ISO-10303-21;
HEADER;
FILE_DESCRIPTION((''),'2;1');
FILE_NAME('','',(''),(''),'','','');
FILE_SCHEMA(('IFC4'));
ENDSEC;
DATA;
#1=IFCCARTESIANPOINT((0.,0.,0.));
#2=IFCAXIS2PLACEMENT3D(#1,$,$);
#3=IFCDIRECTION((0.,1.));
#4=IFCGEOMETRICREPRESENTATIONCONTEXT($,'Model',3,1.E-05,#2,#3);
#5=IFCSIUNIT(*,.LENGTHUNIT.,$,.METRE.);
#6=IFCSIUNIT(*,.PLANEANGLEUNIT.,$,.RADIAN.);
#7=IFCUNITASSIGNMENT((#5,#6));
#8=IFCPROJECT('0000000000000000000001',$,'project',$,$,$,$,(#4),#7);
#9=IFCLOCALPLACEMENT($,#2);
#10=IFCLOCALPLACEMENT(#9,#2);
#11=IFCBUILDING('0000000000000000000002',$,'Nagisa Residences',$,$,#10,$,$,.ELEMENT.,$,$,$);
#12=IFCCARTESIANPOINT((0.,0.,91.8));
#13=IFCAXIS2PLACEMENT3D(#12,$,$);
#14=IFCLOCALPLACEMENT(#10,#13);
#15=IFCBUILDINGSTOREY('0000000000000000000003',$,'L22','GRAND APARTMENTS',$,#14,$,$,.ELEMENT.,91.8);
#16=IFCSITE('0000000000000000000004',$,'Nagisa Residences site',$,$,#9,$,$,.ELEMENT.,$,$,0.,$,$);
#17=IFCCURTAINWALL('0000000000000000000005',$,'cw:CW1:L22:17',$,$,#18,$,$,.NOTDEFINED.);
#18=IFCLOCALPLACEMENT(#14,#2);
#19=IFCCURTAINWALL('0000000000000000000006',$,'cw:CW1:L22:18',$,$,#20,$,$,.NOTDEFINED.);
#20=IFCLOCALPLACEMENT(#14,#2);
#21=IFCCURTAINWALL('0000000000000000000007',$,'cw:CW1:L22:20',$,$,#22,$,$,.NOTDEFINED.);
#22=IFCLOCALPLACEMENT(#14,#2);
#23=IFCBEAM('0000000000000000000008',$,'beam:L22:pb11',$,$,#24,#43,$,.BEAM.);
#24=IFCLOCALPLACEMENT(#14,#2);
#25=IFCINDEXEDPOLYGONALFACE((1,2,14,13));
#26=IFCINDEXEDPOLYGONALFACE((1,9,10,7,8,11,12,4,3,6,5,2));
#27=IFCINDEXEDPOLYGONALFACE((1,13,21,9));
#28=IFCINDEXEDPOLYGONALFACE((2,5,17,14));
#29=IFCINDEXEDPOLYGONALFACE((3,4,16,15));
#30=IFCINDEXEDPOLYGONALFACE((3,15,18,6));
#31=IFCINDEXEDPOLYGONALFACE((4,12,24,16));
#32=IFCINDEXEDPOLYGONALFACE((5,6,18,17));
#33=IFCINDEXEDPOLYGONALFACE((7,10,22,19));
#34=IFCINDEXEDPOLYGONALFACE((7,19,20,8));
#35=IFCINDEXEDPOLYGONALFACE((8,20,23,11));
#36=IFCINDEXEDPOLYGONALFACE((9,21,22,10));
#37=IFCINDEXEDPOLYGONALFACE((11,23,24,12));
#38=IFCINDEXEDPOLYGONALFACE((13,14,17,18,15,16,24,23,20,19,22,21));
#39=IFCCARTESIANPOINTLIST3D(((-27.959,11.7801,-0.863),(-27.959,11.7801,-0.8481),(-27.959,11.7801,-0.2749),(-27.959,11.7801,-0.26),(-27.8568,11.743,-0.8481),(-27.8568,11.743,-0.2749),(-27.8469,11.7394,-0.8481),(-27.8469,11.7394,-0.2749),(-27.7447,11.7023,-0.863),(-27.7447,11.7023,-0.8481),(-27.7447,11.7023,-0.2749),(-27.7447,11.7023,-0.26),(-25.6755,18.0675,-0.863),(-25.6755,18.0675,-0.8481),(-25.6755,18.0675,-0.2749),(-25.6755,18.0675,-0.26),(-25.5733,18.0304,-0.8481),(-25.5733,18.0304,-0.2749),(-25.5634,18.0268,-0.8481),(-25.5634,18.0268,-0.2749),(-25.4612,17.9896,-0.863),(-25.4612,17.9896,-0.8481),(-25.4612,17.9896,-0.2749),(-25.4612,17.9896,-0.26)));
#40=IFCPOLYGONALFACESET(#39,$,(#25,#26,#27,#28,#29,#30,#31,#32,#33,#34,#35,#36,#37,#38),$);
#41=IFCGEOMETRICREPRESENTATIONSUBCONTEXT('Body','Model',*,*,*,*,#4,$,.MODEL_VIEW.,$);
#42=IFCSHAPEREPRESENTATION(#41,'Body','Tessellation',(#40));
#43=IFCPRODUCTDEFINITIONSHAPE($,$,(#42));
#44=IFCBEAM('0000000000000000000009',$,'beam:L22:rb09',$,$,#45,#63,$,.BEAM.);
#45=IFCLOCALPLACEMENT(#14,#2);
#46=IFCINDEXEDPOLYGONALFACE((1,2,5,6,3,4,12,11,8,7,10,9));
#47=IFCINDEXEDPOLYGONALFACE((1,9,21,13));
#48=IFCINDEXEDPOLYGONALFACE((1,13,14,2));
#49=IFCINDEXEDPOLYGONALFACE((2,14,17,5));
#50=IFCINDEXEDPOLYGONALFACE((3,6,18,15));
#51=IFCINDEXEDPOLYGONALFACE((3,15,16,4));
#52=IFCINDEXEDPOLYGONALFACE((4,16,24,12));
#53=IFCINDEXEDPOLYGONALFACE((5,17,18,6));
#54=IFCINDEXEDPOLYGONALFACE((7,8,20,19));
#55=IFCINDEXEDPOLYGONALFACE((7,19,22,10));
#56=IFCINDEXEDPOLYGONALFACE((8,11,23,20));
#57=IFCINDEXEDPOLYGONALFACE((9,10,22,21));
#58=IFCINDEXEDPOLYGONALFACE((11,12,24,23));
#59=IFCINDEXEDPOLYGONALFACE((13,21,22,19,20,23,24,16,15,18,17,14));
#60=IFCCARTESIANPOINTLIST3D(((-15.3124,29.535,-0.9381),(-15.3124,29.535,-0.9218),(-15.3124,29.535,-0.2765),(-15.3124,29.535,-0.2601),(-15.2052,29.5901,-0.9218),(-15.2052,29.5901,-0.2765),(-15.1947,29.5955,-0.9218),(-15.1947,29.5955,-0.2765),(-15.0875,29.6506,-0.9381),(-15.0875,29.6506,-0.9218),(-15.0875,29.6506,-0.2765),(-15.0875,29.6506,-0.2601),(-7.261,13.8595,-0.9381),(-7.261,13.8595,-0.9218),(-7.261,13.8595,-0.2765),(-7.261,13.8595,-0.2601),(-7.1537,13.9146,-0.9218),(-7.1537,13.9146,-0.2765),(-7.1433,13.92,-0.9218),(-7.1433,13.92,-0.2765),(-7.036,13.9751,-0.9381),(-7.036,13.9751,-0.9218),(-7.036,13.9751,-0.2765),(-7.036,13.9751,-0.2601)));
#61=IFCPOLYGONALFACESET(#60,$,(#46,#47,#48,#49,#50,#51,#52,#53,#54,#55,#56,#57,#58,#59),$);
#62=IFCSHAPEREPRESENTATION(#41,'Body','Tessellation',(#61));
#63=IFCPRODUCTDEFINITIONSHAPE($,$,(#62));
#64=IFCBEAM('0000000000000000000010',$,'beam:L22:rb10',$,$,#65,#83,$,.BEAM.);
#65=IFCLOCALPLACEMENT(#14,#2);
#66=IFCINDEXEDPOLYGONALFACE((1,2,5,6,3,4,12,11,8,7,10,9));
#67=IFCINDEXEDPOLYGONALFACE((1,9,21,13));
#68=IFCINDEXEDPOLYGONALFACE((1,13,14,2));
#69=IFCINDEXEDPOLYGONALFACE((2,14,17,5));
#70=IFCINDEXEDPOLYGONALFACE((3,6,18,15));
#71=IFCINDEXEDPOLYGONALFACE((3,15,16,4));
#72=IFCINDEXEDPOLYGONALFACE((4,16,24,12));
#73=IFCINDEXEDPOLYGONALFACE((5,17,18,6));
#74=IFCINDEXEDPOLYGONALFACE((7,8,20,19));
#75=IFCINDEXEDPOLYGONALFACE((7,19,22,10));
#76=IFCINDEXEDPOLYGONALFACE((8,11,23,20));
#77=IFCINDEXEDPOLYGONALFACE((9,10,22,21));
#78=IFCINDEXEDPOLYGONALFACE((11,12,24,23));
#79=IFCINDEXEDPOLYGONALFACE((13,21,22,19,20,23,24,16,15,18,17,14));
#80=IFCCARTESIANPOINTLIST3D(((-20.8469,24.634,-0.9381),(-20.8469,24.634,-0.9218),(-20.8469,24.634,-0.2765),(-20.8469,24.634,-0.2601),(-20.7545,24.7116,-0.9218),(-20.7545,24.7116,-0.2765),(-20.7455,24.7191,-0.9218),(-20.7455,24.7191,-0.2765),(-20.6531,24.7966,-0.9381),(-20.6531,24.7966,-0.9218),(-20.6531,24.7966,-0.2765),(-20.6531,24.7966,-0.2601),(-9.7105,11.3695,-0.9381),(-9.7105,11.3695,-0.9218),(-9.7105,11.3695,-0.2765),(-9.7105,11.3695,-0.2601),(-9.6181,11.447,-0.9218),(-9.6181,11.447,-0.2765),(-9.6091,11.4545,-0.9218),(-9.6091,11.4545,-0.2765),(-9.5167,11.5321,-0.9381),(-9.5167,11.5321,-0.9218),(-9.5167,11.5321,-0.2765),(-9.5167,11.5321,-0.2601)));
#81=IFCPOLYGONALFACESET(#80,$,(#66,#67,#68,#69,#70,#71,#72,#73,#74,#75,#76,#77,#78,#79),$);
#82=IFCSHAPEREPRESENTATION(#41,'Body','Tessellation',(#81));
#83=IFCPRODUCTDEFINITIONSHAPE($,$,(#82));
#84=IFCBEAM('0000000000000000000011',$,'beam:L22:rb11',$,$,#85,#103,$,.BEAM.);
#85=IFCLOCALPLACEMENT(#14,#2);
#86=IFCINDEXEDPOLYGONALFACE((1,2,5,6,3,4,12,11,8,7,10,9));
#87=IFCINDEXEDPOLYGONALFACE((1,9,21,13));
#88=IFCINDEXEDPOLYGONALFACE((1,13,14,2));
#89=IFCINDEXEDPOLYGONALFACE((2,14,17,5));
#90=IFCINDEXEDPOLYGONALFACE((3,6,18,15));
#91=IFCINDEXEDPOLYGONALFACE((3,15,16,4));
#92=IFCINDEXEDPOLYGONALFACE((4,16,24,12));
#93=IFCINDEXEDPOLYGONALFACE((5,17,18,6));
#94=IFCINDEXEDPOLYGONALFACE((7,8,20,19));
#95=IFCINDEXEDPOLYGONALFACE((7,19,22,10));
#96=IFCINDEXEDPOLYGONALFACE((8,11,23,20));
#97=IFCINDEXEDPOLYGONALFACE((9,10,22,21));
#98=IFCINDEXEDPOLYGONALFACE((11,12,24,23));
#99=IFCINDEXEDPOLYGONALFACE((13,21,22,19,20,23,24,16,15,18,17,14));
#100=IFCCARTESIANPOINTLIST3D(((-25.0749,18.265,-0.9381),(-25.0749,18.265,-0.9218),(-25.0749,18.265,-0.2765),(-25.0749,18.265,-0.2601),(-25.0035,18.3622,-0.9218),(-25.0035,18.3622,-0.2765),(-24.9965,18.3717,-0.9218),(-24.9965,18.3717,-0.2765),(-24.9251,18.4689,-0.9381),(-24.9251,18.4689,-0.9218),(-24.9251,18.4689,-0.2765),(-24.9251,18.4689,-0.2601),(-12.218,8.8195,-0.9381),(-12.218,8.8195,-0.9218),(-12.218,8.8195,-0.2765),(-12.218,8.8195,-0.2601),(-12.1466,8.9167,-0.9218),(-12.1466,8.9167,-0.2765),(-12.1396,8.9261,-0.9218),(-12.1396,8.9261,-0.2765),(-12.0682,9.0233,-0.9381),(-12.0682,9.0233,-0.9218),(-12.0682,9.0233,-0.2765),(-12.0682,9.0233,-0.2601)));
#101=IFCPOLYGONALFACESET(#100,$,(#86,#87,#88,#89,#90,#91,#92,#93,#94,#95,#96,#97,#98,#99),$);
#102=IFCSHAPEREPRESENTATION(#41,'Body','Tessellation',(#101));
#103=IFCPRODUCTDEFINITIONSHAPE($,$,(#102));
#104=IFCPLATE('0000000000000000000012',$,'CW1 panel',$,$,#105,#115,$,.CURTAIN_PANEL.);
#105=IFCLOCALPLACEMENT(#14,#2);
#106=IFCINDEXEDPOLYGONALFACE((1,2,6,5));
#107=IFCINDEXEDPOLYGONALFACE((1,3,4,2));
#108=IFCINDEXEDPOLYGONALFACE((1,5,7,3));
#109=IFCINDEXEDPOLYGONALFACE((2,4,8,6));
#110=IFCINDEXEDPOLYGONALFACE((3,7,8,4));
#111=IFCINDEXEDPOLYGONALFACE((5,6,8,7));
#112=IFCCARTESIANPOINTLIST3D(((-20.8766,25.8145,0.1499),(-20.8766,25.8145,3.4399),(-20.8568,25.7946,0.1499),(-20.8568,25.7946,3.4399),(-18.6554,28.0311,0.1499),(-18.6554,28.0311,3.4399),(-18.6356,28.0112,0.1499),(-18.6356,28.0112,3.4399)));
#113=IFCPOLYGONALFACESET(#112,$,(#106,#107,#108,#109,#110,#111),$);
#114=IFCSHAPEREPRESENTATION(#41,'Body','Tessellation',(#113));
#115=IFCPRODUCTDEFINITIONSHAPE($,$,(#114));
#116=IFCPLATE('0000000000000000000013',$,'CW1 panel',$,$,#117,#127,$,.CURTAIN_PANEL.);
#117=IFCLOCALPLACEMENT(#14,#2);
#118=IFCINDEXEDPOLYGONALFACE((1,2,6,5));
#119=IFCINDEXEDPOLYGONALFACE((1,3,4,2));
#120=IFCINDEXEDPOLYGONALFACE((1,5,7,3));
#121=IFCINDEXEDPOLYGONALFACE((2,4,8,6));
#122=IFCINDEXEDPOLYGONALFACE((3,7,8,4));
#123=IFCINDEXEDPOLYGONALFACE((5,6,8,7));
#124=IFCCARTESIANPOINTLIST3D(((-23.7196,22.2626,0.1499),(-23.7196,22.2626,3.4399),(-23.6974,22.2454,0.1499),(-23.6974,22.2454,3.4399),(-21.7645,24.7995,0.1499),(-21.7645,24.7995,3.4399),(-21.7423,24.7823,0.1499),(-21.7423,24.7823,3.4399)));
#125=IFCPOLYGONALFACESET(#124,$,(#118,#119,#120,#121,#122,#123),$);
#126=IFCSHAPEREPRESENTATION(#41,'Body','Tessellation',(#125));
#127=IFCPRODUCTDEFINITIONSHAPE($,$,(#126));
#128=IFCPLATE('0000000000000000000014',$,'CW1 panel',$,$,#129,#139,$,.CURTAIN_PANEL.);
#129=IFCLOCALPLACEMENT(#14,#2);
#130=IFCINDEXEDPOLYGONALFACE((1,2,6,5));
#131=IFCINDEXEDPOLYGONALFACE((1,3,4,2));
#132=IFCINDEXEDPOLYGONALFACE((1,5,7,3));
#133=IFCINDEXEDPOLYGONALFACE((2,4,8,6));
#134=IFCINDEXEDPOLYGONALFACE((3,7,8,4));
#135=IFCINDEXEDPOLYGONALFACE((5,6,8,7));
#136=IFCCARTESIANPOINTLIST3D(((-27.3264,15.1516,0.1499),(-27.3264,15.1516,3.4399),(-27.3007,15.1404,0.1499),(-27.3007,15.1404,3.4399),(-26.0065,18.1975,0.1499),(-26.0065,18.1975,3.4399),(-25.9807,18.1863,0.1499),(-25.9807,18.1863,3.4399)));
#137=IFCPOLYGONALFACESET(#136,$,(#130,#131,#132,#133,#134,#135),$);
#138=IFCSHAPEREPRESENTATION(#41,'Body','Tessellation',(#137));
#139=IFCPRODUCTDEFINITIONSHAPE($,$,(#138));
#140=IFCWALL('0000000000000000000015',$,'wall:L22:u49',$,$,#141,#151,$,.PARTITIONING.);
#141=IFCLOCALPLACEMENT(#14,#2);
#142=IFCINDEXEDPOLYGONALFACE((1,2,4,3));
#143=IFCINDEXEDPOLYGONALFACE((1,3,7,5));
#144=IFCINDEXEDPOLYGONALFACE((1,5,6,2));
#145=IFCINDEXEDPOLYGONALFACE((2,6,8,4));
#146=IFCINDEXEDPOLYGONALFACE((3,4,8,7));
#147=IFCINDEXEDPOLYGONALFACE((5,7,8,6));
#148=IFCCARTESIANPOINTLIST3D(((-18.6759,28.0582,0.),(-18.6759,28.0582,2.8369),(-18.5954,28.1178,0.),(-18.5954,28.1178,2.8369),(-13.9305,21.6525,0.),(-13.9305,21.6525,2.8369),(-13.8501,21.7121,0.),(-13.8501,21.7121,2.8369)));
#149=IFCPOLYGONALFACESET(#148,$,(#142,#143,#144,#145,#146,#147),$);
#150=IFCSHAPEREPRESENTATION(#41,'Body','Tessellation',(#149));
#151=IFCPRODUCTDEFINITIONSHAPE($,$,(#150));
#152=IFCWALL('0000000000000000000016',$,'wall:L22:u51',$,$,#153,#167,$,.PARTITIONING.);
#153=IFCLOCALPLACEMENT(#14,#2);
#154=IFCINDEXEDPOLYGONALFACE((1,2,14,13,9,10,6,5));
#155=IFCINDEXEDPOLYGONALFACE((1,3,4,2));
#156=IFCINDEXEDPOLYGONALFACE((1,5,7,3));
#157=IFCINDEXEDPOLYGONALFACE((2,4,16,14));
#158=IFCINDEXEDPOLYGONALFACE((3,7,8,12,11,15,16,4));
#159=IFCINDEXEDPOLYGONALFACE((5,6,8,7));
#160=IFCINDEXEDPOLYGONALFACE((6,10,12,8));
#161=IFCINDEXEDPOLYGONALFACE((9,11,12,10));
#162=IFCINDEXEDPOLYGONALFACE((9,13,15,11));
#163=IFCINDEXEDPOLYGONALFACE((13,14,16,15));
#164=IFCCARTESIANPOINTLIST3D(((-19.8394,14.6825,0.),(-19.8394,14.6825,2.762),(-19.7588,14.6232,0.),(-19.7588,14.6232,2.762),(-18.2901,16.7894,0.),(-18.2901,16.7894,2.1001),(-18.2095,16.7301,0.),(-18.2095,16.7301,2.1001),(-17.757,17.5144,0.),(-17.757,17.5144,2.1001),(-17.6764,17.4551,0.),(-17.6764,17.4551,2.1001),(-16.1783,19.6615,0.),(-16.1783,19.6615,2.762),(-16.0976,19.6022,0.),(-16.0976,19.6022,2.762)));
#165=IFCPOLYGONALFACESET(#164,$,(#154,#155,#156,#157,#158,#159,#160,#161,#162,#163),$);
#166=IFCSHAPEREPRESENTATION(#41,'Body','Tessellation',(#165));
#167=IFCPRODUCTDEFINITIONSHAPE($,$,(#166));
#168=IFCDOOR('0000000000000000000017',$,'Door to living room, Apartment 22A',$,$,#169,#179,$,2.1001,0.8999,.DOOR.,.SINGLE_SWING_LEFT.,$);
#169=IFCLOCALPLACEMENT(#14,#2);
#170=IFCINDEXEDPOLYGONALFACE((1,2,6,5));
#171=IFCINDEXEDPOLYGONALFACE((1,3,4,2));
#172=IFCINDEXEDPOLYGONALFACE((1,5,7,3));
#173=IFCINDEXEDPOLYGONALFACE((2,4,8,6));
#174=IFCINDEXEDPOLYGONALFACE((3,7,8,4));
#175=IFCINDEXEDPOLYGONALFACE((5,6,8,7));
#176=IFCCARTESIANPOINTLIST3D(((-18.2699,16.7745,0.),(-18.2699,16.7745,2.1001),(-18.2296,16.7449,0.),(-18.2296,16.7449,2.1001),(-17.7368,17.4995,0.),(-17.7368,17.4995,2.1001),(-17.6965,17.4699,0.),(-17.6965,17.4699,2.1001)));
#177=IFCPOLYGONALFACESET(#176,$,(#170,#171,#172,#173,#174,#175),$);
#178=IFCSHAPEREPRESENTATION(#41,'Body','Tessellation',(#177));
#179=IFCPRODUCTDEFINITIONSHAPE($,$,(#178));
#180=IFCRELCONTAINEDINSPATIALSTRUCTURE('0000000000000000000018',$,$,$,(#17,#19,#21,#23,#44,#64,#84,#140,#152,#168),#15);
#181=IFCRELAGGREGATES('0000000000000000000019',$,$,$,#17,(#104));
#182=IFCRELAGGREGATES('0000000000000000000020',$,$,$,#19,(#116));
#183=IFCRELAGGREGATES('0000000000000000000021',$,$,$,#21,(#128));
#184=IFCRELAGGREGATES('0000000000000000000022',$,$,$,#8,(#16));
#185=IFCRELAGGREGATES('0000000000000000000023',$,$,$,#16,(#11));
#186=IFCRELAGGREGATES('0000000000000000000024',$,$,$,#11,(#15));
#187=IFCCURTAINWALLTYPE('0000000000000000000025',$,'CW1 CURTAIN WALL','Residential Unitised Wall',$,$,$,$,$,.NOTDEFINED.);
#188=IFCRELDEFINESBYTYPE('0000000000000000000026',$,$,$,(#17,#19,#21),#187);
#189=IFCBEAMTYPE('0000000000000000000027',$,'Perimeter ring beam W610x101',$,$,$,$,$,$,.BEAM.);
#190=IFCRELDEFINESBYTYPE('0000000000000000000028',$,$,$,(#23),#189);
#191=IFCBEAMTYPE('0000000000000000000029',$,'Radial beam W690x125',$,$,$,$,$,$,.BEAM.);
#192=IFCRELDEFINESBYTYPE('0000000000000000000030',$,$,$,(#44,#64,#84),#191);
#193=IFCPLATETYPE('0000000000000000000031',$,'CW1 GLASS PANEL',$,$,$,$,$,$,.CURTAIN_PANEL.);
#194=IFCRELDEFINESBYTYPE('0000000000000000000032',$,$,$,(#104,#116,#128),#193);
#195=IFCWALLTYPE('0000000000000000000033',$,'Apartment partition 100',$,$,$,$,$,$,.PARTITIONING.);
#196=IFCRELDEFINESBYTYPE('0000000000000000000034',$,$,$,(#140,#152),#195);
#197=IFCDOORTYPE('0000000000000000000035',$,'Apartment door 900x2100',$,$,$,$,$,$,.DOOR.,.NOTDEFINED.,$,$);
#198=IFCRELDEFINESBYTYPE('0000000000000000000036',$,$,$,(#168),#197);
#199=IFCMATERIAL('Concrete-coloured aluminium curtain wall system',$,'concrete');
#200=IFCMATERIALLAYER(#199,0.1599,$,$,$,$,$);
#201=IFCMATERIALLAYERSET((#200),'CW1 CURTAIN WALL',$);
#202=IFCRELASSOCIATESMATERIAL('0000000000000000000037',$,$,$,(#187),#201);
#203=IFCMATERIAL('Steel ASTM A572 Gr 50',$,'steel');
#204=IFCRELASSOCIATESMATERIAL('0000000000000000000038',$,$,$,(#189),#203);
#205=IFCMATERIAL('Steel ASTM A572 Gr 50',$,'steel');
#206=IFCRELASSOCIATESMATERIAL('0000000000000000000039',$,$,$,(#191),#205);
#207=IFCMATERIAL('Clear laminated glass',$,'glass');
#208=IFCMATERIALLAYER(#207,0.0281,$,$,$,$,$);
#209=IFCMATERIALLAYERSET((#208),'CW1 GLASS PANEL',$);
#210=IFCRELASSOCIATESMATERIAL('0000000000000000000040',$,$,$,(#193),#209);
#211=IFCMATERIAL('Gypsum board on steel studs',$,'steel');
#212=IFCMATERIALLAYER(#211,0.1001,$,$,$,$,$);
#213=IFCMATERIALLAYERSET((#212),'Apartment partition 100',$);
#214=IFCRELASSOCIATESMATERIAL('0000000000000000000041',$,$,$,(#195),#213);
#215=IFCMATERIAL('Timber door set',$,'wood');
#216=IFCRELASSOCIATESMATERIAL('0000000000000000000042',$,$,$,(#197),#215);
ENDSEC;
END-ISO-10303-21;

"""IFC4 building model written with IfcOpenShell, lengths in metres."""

from ifc_helpers import new_model, si_unit, direction, frame, frame_2d, origin, origin_2d, place, context, subcontext, project, spatial, rectangle, i_section, extrude, material, layer, layer_set, material_profile, profile_set, type_object, element, fill, aggregate, save


model = new_model("IFC4")

# Units and contexts
model_context = context("Model", 3, precision=1e-05, world=origin(), true_north=direction((0.0, 1.0)))
body_context = subcontext(model_context, "Body", "Model", "MODEL_VIEW")
ifc_project = project(units=[si_unit("LENGTHUNIT", "METRE"), si_unit("PLANEANGLEUNIT", "RADIAN")], contexts=[model_context])

# Site, building, storey
site_placement = place(None, origin())
site = spatial("IfcSite", under=ifc_project, at=site_placement, Name="Nagisa Residences site", CompositionType="ELEMENT", RefElevation=0.0)
building_placement = place(site_placement, origin())
building = spatial("IfcBuilding", under=site, at=building_placement, Name="Nagisa Residences", CompositionType="ELEMENT")
storey_placement = place(building_placement, frame((0.0, 0.0, 91.8)))
storey = spatial("IfcBuildingStorey", under=building, at=storey_placement, Name="L22", Description="GRAND APARTMENTS", CompositionType="ELEMENT", Elevation=91.8)

# Curtain walls
ifc_material_1 = material(Name="Concrete-coloured aluminium curtain wall system", Category="concrete")
ifc_layer_1 = layer(ifc_material_1, 0.1599)
ifc_layer_set_1 = layer_set([ifc_layer_1], Name="CW1 CURTAIN WALL")
curtain_wall_type = type_object("IfcCurtainWallType", Name="CW1 CURTAIN WALL", Description="Residential Unitised Wall", PredefinedType="NOTDEFINED", material=ifc_layer_set_1)
curtain_wall_1_placement = place(storey_placement, origin())
curtain_wall_1 = element("IfcCurtainWall", 1, at=curtain_wall_1_placement, inside=storey, type_object=curtain_wall_type, Name="cw:CW1:L22:17", PredefinedType="NOTDEFINED")
curtain_wall_2_placement = place(storey_placement, origin())
curtain_wall_2 = element("IfcCurtainWall", 2, at=curtain_wall_2_placement, inside=storey, type_object=curtain_wall_type, Name="cw:CW1:L22:18", PredefinedType="NOTDEFINED")
curtain_wall_3_placement = place(storey_placement, origin())
curtain_wall_3 = element("IfcCurtainWall", 3, at=curtain_wall_3_placement, inside=storey, type_object=curtain_wall_type, Name="cw:CW1:L22:20", PredefinedType="NOTDEFINED")

# Beams
ifc_material_2 = material(Name="Steel ASTM A572 Gr 50", Category="steel")
ifc_material_profile_1 = material_profile(ifc_material_2, i_section(OverallWidth=0.228, OverallDepth=0.603, WebThickness=0.0105, FlangeThickness=0.0149, at=origin_2d()), Name="W610x101")
ifc_profile_set_1 = profile_set([ifc_material_profile_1], Name="Steel ASTM A572 Gr 50")
beam_type_1 = type_object("IfcBeamType", Name="Perimeter ring beam W610x101", PredefinedType="BEAM", material=ifc_profile_set_1)
beam_1_placement = place(storey_placement, frame((-25.5684, 18.0286, -0.5615), z_axis=(-0.341365, -0.939931, 0.0), x_axis=(0.939931, -0.341365, 0.0)))
element("IfcBeam", 4, at=beam_1_placement, inside=storey, type_object=beam_type_1, Name="beam:L22:pb11", PredefinedType="BEAM", context=body_context, shape_type="SweptSolid", body=[
    extrude(i_section(OverallWidth=0.228, OverallDepth=0.603, WebThickness=0.0105, FlangeThickness=0.0149, at=origin_2d()), origin(), (0.0, 0.0, 1.0), 6.6892),
])
ifc_material_3 = material(Name="Steel ASTM A572 Gr 50", Category="steel")
ifc_material_profile_2 = material_profile(ifc_material_3, i_section(OverallWidth=0.2529, OverallDepth=0.678, WebThickness=0.0117, FlangeThickness=0.0164, at=origin_2d()), Name="W690x125")
ifc_profile_set_2 = profile_set([ifc_material_profile_2], Name="Steel ASTM A572 Gr 50")
beam_type_2 = type_object("IfcBeamType", Name="Radial beam W690x125", PredefinedType="BEAM", material=ifc_profile_set_2)
beam_2_placement = place(storey_placement, frame((-15.2, 29.5928, -0.5991), z_axis=(0.456891, -0.889523, 0.0), x_axis=(0.889523, 0.456891, 0.0)))
element("IfcBeam", 5, at=beam_2_placement, inside=storey, type_object=beam_type_2, Name="beam:L22:rb09", PredefinedType="BEAM", context=body_context, shape_type="SweptSolid", body=[
    extrude(i_section(OverallWidth=0.2529, OverallDepth=0.678, WebThickness=0.0117, FlangeThickness=0.0164, at=origin_2d()), origin(), (0.0, 0.0, 1.0), 17.6223),
])
beam_3_placement = place(storey_placement, frame((-20.75, 24.7153, -0.5991), z_axis=(0.642995, -0.765871, 0.0), x_axis=(0.765871, 0.642995, 0.0)))
element("IfcBeam", 6, at=beam_3_placement, inside=storey, type_object=beam_type_2, Name="beam:L22:rb10", PredefinedType="BEAM", context=body_context, shape_type="SweptSolid", body=[
    extrude(i_section(OverallWidth=0.2529, OverallDepth=0.678, WebThickness=0.0117, FlangeThickness=0.0164, at=origin_2d()), origin(), (0.0, 0.0, 1.0), 17.3196),
])
beam_4_placement = place(storey_placement, frame((-25.0, 18.3669, -0.5991), z_axis=(0.805892, -0.592062, 0.0), x_axis=(0.592062, 0.805892, 0.0)))
element("IfcBeam", 7, at=beam_4_placement, inside=storey, type_object=beam_type_2, Name="beam:L22:rb11", PredefinedType="BEAM", context=body_context, shape_type="SweptSolid", body=[
    extrude(i_section(OverallWidth=0.2529, OverallDepth=0.678, WebThickness=0.0117, FlangeThickness=0.0164, at=origin_2d()), origin(), (0.0, 0.0, 1.0), 15.9536),
])

# Plates
ifc_material_4 = material(Name="Clear laminated glass", Category="glass")
ifc_layer_2 = layer(ifc_material_4, 0.0281)
ifc_layer_set_2 = layer_set([ifc_layer_2], Name="CW1 GLASS PANEL")
plate_type = type_object("IfcPlateType", Name="CW1 GLASS PANEL", PredefinedType="CURTAIN_PANEL", material=ifc_layer_set_2)
plate_1_placement = place(storey_placement, frame((-19.7561, 26.9128, 0.1499), z_axis=(0.0, 0.0, 1.0), x_axis=(-0.707836, -0.706377, 0.0)))
plate_1 = element("IfcPlate", 8, at=plate_1_placement, type_object=plate_type, Name="CW1 panel", PredefinedType="CURTAIN_PANEL", context=body_context, shape_type="SweptSolid", body=[
    extrude(rectangle(XDim=3.1379, YDim=0.0281, at=origin_2d()), origin(), (0.0, 0.0, 1.0), 3.29),
])
aggregate(curtain_wall_1, [plate_1])
plate_2_placement = place(storey_placement, frame((-22.731, 23.5225, 0.1499), z_axis=(0.0, 0.0, 1.0), x_axis=(-0.61043, -0.79207, 0.0)))
plate_2 = element("IfcPlate", 9, at=plate_2_placement, type_object=plate_type, Name="CW1 panel", PredefinedType="CURTAIN_PANEL", context=body_context, shape_type="SweptSolid", body=[
    extrude(rectangle(XDim=3.2029, YDim=0.0281, at=origin_2d()), origin(), (0.0, 0.0, 1.0), 3.29),
])
aggregate(curtain_wall_2, [plate_2])
plate_3_placement = place(storey_placement, frame((-26.6536, 16.6689, 0.1499), z_axis=(0.0, 0.0, 1.0), x_axis=(-0.397636, -0.917543, 0.0)))
plate_3 = element("IfcPlate", 10, at=plate_3_placement, type_object=plate_type, Name="CW1 panel", PredefinedType="CURTAIN_PANEL", context=body_context, shape_type="SweptSolid", body=[
    extrude(rectangle(XDim=3.3196, YDim=0.0281, at=origin_2d()), origin(), (0.0, 0.0, 1.0), 3.29),
])
aggregate(curtain_wall_3, [plate_3])

# Wall
ifc_material_5 = material(Name="Gypsum board on steel studs", Category="steel")
ifc_layer_3 = layer(ifc_material_5, 0.1001)
ifc_layer_set_3 = layer_set([ifc_layer_3], Name="Apartment partition 100")
wall_type_1 = type_object("IfcWallType", Name="Apartment partition 100", PredefinedType="PARTITIONING", material=ifc_layer_set_3)
wall_1_placement = place(storey_placement, frame((-13.8904, 21.6824, 0.0), z_axis=(0.0, 0.0, 1.0), x_axis=(-0.595256, 0.803536, 0.0)))
element("IfcWall", 11, at=wall_1_placement, inside=storey, type_object=wall_type_1, Name="wall:L22:u49", PredefinedType="PARTITIONING", context=body_context, shape_type="SweptSolid", body=[
    extrude(rectangle(XDim=7.9719, YDim=0.1001, at=frame_2d((3.9858, 0.0))), origin(), (0.0, 0.0, 1.0), 2.8369),
])

# Wall, opening, door
wall_2_placement = place(storey_placement, frame((-16.1379, 19.6318, 0.0), z_axis=(0.0, 0.0, 1.0), x_axis=(-0.592401, -0.805643, 0.0)))
wall_2 = element("IfcWall", 12, at=wall_2_placement, inside=storey, type_object=wall_type_1, Name="wall:L22:u51", PredefinedType="PARTITIONING", context=body_context, shape_type="SweptSolid", body=[
    extrude(rectangle(XDim=6.1802, YDim=0.1001, at=frame_2d((3.0901, 0.0))), origin(), (0.0, 0.0, 1.0), 2.762),
])
opening_1_placement = place(wall_2_placement, frame((2.665, 0.0, 0.0)))
opening_1 = element("IfcOpeningElement", 13, at=opening_1_placement, cuts=wall_2, PredefinedType="OPENING", context=body_context, shape_type="SweptSolid", body=[
    extrude(rectangle(XDim=0.8999, YDim=2.1001, at=frame_2d((0.45, 1.05))), frame((0.0, 0.0601, 0.0), z_axis=(0.0, -1.0, 0.0), x_axis=(1.0, 0.0, 0.0)), (0.0, 0.0, 1.0), 0.1201),
])
ifc_material_6 = material(Name="Timber door set", Category="wood")
door_type_1 = type_object("IfcDoorType", Name="Apartment door 900x2100", OperationType="NOTDEFINED", PredefinedType="DOOR", material=ifc_material_6)
door_1_placement = place(opening_1_placement, frame((0.8999, 0.0, 0.0), x_axis=(-1.0, 0.0, 0.0)))
door_1 = element("IfcDoor", 14, at=door_1_placement, inside=storey, type_object=door_type_1, Name="Door to living room, Apartment 22A", OperationType="SINGLE_SWING_LEFT", OverallHeight=2.1001, OverallWidth=0.8999, PredefinedType="DOOR", context=body_context, shape_type="SweptSolid", body=[
    extrude(rectangle(XDim=0.8999, YDim=2.1001, at=frame_2d((0.45, 1.05))), frame((0.0, 0.0249, 0.0), z_axis=(0.0, -1.0, 0.0), x_axis=(1.0, 0.0, 0.0)), (0.0, 0.0, 1.0), 0.05),
])
fill(opening_1, door_1)

save(model, "model.ifc")
